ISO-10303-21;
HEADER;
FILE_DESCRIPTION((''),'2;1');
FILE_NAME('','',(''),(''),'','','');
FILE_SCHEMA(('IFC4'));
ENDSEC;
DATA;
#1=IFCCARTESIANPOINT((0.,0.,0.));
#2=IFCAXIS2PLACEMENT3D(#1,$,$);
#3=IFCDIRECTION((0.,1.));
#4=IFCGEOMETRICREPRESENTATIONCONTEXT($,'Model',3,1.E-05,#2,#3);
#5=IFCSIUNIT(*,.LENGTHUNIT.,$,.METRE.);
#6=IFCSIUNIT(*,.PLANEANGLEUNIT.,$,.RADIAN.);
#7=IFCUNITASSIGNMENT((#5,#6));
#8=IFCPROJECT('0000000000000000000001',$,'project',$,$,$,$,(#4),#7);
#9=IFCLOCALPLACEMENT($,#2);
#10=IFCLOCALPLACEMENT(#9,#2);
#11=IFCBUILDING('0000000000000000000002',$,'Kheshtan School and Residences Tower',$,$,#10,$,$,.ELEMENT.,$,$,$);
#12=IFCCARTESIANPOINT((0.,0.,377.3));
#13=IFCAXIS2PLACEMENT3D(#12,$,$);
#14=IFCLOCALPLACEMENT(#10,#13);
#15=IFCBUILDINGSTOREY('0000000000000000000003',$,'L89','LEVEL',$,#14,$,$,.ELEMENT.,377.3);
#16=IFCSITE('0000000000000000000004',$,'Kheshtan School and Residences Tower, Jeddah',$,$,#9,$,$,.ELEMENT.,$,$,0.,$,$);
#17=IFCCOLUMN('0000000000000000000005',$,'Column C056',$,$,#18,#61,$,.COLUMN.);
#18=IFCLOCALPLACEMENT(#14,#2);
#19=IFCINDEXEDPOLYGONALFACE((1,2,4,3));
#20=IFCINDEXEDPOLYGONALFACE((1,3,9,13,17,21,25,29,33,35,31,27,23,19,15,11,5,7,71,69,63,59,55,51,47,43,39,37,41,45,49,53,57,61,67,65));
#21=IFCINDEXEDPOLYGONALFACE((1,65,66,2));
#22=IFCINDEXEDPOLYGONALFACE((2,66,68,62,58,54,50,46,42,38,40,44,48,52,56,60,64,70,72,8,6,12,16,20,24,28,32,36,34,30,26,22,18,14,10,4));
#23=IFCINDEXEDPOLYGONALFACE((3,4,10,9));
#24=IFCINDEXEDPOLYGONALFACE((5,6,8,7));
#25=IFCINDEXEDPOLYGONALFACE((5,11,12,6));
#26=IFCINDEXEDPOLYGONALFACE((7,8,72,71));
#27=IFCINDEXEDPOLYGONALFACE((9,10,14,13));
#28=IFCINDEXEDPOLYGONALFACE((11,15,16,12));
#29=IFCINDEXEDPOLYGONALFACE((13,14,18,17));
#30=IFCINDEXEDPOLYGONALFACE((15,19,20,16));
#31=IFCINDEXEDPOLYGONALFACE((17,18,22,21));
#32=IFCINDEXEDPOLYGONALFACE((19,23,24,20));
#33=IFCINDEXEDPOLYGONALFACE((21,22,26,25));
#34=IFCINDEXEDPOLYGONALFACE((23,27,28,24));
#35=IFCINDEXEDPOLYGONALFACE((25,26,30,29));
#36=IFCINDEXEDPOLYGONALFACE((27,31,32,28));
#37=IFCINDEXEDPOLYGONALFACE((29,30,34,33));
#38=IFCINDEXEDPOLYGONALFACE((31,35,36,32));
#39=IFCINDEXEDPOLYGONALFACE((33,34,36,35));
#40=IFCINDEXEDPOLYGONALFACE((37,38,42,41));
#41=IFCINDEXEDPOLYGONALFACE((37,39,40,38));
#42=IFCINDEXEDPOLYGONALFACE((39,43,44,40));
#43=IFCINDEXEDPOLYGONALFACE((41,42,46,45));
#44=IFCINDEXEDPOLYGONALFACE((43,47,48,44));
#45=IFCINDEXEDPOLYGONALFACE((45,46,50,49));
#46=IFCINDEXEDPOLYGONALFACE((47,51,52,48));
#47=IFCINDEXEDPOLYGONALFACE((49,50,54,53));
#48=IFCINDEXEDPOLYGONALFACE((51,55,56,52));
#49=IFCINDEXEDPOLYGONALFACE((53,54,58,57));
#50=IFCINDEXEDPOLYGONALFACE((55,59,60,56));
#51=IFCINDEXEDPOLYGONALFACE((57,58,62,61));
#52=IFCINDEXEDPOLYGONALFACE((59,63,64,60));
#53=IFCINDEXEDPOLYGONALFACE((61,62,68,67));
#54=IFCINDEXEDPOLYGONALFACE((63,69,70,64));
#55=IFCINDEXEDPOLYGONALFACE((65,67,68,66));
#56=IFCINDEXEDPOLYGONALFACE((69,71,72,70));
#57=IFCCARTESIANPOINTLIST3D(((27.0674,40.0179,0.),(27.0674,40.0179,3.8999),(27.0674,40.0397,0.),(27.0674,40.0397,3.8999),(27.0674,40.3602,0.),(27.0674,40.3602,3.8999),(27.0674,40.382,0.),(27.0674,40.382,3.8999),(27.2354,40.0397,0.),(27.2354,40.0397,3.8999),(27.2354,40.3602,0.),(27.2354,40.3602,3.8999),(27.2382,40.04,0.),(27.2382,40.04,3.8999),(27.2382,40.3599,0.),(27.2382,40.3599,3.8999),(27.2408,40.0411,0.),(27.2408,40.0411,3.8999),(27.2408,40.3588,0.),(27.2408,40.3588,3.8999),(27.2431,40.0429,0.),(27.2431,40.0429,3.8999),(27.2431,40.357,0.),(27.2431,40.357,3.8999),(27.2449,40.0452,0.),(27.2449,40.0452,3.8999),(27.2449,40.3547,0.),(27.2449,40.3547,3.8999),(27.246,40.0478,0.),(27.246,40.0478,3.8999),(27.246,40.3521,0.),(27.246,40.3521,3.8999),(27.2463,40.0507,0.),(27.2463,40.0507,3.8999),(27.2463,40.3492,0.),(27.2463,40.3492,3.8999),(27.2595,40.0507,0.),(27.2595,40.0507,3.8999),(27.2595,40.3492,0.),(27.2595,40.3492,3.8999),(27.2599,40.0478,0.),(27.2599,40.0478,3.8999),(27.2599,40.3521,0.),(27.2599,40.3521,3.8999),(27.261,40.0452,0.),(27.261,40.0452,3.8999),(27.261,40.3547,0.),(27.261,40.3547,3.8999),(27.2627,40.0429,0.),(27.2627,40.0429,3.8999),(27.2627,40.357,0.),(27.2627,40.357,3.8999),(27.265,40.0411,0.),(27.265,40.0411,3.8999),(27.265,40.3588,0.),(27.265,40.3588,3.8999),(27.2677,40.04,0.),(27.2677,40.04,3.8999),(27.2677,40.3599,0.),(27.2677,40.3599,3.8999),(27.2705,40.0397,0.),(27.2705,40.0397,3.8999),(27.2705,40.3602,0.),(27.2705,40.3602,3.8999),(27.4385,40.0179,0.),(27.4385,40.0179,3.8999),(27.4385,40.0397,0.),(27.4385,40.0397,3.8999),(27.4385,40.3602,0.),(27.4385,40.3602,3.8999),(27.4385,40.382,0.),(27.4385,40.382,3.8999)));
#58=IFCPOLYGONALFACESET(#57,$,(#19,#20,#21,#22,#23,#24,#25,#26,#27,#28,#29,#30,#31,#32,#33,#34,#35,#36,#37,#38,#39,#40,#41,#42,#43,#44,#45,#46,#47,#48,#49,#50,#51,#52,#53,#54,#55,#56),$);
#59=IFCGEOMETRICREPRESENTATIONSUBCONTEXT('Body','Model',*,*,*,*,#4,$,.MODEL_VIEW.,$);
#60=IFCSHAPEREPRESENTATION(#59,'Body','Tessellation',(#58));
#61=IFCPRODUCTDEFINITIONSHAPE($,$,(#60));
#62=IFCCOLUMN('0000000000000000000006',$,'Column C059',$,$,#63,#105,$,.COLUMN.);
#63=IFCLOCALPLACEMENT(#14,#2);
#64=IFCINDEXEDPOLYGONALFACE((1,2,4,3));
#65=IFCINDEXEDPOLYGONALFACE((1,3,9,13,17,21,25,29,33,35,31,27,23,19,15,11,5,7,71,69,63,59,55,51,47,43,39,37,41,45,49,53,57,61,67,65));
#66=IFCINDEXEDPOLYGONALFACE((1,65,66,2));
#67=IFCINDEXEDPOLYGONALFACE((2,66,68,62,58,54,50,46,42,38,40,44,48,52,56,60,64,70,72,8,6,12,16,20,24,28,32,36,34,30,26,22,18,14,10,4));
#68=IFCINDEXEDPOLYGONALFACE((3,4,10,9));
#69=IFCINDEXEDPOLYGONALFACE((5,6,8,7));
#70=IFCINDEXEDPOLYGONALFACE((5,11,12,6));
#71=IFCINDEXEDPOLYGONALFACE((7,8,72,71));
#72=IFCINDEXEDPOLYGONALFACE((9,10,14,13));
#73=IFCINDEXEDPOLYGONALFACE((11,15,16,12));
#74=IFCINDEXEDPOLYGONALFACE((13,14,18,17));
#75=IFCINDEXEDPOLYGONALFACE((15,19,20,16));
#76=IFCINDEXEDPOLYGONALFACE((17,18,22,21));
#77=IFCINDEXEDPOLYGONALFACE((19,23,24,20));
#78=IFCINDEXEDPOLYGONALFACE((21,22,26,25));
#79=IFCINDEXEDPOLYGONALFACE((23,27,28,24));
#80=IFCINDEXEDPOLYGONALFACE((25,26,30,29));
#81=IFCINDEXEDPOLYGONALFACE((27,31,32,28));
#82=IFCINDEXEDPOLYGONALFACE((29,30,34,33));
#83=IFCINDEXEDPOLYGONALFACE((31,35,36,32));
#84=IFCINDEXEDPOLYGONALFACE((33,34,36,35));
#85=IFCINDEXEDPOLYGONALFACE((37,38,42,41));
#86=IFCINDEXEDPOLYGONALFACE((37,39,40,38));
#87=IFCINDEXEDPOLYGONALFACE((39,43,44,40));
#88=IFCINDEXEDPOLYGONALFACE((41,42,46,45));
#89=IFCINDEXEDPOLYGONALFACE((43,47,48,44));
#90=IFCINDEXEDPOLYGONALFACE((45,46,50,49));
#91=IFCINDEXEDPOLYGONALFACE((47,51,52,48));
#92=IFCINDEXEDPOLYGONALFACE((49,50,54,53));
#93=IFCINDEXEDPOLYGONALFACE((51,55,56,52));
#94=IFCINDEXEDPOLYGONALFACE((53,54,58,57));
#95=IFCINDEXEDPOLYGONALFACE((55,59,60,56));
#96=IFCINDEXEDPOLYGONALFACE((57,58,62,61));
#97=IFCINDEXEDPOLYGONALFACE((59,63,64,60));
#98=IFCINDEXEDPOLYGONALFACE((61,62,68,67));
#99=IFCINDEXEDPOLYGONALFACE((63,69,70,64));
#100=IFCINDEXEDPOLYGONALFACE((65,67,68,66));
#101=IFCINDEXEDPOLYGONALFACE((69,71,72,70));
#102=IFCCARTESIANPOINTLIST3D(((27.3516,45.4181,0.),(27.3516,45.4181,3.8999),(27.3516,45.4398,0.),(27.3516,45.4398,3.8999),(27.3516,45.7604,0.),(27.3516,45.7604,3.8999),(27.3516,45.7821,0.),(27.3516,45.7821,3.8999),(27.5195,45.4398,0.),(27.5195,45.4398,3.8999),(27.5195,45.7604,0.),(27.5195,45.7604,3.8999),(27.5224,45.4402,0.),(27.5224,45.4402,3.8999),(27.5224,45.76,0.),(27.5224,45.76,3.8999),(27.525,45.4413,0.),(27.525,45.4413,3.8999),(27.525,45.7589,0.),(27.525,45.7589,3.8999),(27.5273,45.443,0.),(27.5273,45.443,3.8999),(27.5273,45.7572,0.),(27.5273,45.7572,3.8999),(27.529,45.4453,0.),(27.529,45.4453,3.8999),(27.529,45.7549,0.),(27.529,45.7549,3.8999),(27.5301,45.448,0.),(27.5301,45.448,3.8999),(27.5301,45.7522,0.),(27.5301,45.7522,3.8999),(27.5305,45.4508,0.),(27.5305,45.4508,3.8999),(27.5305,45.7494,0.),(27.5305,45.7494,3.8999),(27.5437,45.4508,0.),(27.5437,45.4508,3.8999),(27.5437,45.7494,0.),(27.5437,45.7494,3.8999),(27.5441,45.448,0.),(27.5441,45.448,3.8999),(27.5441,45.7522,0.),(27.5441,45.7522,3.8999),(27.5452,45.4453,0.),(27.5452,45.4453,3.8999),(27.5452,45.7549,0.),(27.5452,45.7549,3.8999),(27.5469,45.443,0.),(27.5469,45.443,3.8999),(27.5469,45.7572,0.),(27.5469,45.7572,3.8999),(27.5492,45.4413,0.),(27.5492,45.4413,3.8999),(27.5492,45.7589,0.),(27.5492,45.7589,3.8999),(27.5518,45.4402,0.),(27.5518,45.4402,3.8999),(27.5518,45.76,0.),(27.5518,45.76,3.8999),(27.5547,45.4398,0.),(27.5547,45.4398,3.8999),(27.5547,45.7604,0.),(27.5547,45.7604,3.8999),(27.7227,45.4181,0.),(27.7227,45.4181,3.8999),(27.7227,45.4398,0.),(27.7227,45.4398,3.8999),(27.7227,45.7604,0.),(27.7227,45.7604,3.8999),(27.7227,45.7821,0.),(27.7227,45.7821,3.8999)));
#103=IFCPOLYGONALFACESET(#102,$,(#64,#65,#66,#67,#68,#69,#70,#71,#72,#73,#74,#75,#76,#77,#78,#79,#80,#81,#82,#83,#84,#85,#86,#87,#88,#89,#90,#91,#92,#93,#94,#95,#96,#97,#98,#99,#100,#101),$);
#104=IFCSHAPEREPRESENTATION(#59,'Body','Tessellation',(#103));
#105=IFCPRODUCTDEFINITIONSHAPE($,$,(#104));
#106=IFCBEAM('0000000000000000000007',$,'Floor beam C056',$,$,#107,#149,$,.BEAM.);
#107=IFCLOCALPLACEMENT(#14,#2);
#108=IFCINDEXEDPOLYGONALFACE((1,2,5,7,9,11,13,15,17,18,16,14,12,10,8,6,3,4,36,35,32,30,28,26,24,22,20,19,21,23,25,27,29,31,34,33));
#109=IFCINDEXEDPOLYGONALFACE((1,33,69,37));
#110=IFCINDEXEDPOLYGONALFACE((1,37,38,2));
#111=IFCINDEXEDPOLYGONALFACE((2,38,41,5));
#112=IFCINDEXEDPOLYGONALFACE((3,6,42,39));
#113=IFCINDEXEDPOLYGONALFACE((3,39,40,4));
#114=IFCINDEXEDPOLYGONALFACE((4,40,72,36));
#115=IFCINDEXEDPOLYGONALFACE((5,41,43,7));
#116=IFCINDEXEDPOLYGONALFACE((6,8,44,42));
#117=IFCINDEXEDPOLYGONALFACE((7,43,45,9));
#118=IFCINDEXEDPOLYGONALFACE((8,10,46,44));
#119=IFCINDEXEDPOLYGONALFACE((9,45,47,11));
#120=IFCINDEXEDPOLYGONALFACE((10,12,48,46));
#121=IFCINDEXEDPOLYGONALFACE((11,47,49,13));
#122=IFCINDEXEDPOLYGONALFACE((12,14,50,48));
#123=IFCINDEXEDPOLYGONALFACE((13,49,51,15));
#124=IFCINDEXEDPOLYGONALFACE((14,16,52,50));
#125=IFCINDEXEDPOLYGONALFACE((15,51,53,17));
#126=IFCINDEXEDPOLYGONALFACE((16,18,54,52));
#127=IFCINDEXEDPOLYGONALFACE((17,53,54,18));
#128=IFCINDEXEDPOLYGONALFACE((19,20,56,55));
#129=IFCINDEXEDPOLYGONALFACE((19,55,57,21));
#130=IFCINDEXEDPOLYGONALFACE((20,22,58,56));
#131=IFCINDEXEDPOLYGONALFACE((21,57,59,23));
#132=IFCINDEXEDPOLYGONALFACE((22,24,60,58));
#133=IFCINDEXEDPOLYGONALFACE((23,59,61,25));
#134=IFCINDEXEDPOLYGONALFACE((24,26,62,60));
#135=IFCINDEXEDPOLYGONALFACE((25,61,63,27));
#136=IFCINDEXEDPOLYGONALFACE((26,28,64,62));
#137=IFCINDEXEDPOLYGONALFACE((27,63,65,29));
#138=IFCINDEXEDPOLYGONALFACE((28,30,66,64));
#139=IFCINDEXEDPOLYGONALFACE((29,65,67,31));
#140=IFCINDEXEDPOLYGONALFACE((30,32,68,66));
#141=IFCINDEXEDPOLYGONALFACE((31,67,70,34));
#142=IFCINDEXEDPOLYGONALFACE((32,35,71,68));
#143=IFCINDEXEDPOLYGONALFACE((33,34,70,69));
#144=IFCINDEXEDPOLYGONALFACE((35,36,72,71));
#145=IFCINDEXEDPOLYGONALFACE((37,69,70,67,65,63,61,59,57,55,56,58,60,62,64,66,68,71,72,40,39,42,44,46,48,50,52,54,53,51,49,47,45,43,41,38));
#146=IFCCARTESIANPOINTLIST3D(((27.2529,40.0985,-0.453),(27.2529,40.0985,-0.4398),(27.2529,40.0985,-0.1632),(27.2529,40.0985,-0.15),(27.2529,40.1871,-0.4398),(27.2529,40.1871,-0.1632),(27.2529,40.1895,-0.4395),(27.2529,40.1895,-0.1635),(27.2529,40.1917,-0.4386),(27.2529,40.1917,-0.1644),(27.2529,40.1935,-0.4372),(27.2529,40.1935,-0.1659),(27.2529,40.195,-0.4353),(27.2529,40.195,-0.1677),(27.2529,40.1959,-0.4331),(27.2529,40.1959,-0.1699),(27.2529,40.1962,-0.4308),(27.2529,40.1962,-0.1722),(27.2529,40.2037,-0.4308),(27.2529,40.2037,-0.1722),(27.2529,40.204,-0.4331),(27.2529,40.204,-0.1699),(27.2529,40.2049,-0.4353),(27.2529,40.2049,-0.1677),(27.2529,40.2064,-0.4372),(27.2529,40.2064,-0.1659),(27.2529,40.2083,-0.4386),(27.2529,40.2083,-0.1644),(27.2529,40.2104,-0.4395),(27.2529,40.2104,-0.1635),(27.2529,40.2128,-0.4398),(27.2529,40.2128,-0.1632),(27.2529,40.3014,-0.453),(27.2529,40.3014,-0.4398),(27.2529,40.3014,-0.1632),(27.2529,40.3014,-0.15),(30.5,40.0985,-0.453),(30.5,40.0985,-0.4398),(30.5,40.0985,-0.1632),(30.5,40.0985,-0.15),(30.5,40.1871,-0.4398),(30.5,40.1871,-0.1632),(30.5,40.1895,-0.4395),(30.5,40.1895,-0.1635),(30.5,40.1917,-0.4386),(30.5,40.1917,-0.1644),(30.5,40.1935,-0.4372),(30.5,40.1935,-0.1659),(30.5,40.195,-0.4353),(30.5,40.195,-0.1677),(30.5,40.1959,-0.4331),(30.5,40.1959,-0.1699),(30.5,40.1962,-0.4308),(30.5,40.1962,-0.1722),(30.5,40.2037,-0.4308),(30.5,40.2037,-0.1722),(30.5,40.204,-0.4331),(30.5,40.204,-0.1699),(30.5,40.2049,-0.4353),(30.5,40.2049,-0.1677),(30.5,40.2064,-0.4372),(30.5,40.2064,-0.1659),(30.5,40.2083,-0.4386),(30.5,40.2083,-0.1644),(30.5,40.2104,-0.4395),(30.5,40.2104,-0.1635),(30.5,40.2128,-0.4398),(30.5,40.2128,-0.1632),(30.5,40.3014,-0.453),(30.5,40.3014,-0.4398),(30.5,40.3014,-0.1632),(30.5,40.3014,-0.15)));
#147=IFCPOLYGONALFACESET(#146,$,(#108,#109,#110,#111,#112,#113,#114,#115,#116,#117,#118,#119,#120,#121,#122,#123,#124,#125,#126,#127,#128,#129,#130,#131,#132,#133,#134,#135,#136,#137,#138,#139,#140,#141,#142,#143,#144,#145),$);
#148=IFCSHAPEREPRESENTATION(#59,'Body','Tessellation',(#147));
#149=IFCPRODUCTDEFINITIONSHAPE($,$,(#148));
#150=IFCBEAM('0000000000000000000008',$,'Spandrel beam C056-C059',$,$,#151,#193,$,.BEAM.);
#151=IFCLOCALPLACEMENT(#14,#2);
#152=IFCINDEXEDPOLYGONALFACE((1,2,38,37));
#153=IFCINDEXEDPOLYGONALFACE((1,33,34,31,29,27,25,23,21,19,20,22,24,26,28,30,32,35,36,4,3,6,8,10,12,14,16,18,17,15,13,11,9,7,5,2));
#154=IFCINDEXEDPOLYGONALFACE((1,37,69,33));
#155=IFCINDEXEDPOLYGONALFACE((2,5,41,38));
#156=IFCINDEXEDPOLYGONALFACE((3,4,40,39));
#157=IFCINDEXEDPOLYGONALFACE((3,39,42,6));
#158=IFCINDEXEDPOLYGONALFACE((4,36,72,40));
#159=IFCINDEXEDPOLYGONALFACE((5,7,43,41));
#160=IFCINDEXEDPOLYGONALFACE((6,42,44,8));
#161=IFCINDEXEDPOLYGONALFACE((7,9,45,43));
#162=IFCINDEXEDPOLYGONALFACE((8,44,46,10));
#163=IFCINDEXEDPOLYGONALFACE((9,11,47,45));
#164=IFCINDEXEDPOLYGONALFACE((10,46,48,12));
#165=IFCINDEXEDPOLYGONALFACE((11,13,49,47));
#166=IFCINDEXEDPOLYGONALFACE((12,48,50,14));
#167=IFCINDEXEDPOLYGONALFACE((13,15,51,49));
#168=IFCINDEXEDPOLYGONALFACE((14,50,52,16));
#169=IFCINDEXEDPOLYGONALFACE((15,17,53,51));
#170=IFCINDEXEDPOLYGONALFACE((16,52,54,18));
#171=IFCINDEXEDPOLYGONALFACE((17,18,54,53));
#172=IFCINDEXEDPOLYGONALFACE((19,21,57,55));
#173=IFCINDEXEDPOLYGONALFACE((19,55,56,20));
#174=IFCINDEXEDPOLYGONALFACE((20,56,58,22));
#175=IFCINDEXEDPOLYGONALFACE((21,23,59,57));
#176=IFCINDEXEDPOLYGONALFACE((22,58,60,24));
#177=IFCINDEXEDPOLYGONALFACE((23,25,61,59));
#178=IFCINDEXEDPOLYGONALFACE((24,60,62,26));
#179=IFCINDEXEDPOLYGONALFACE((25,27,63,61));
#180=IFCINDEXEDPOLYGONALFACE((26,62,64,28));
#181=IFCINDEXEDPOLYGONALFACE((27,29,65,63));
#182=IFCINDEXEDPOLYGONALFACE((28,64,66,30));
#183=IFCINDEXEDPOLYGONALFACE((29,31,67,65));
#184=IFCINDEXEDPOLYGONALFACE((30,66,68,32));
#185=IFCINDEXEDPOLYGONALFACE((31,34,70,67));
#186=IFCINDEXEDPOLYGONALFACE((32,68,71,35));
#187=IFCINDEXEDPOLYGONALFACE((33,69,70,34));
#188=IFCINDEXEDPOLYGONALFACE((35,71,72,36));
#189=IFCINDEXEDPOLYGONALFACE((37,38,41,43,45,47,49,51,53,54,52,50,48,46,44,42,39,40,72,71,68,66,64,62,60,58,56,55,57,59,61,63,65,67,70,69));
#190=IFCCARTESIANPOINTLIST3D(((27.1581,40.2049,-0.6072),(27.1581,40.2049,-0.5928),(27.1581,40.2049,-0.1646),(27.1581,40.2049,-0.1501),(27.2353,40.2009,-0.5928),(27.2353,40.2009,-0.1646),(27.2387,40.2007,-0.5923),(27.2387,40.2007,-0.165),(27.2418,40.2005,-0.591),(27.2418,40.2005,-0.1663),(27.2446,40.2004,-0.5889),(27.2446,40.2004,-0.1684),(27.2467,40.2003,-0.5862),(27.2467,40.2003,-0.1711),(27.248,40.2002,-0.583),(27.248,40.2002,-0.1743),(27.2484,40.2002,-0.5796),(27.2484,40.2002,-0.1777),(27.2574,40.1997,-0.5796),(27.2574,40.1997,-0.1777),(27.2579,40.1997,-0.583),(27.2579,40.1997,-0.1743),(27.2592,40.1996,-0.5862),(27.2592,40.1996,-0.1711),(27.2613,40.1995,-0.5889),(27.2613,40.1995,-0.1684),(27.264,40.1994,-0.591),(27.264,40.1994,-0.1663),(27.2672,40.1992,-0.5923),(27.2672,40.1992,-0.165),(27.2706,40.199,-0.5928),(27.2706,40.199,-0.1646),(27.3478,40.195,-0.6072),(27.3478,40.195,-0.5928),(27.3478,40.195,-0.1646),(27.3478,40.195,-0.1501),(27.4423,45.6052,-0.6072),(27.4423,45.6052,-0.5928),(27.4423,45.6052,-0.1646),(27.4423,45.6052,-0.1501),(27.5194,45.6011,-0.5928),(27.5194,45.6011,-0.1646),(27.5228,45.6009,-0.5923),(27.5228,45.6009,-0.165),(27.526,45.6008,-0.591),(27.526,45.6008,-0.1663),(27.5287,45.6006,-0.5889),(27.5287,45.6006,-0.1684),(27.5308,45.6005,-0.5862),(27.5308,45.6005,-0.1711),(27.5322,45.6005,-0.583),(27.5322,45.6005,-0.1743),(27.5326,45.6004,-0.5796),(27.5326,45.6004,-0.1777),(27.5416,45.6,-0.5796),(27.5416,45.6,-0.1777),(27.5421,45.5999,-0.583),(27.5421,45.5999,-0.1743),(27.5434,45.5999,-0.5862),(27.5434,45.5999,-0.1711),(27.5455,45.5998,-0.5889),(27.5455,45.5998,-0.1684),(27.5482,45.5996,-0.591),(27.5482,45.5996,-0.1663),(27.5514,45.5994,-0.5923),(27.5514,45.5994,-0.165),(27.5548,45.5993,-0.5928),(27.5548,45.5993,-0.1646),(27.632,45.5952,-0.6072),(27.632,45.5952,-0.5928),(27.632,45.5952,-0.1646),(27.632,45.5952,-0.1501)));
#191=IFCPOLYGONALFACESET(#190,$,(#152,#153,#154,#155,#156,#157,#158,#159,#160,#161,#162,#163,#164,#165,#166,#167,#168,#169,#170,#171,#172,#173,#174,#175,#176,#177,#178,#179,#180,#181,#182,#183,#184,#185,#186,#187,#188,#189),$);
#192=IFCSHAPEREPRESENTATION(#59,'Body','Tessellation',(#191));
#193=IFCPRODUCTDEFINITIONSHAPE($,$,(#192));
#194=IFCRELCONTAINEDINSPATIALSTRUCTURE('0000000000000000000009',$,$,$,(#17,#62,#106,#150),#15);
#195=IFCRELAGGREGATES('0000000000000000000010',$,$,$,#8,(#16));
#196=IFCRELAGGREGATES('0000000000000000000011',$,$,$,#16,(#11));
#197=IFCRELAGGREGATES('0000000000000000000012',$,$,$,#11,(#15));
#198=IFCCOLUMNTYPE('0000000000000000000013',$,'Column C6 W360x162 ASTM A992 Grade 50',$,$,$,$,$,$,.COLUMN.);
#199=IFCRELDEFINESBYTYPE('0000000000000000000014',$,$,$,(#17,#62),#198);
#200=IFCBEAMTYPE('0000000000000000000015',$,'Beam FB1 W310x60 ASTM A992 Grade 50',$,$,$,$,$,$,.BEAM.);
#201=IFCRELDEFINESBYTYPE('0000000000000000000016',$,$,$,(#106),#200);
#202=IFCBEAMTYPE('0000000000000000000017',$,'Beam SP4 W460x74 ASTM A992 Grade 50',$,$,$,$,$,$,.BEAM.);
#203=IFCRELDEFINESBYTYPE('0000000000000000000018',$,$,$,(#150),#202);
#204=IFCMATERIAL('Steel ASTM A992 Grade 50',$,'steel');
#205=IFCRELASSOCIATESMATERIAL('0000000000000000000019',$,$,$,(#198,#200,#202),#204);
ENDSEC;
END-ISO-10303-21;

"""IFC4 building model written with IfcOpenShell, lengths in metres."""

from ifc_helpers import new_model, si_unit, direction, frame, origin, origin_2d, place, context, subcontext, project, spatial, i_section, extrude, material, material_profile, profile_set, type_object, element, save


model = new_model("IFC4")

# Units and contexts
model_context = context("Model", 3, precision=1e-05, world=origin(), true_north=direction((0.0, 1.0)))
body_context = subcontext(model_context, "Body", "Model", "MODEL_VIEW")
ifc_project = project(units=[si_unit("LENGTHUNIT", "METRE"), si_unit("PLANEANGLEUNIT", "RADIAN")], contexts=[model_context])

# Site, building, storey
site_placement = place(None, origin())
site = spatial("IfcSite", under=ifc_project, at=site_placement, Name="Kheshtan School and Residences Tower, Jeddah", CompositionType="ELEMENT", RefElevation=0.0)
building_placement = place(site_placement, origin())
building = spatial("IfcBuilding", under=site, at=building_placement, Name="Kheshtan School and Residences Tower", CompositionType="ELEMENT")
storey_placement = place(building_placement, frame((0.0, 0.0, 377.3)))
storey = spatial("IfcBuildingStorey", under=building, at=storey_placement, Name="L89", Description="LEVEL", CompositionType="ELEMENT", Elevation=377.3)

# Columns
ifc_material_1 = material(Name="Steel ASTM A992 Grade 50", Category="steel")
ifc_material_profile_1 = material_profile(ifc_material_1, i_section(OverallWidth=0.3711, OverallDepth=0.364, WebThickness=0.0132, FlangeThickness=0.0217, FilletRadius=0.011, at=origin_2d()), Name="W360x162")
ifc_profile_set_1 = profile_set([ifc_material_profile_1], Name="Steel ASTM A992 Grade 50")
column_type = type_object("IfcColumnType", Name="Column C6 W360x162 ASTM A992 Grade 50", PredefinedType="COLUMN", material=ifc_profile_set_1)
for number, where, z_axis, x_axis, name in (
    (1, (27.2529, 40.2, 0.0), (0.0, 0.0, 1.0), (1.0, 0.0, 0.0), "Column C056"),
    (2, (27.5371, 45.6001, 0.0), (0.0, 0.0, 1.0), (1.0, 0.0, 0.0), "Column C059"),
):
    element("IfcColumn", number, at=place(storey_placement, frame(where, z_axis=z_axis, x_axis=x_axis)), inside=storey, type_object=column_type, Name=name, PredefinedType="COLUMN", context=body_context, shape_type="SweptSolid", body=[
        extrude(i_section(OverallWidth=0.3711, OverallDepth=0.364, WebThickness=0.0132, FlangeThickness=0.0217, FilletRadius=0.011, at=origin_2d()), origin(), (0.0, 0.0, 1.0), 3.8999),
    ])

# Beams
ifc_material_profile_2 = material_profile(ifc_material_1, i_section(OverallWidth=0.2029, OverallDepth=0.303, WebThickness=0.0076, FlangeThickness=0.0132, FilletRadius=0.009, at=origin_2d()), Name="W310x60")
ifc_profile_set_2 = profile_set([ifc_material_profile_2], Name="Steel ASTM A992 Grade 50")
beam_type_1 = type_object("IfcBeamType", Name="Beam FB1 W310x60 ASTM A992 Grade 50", PredefinedType="BEAM", material=ifc_profile_set_2)
beam_1_placement = place(storey_placement, frame((27.2529, 40.2, -0.3015), z_axis=(1.0, 0.0, 0.0), x_axis=(0.0, 1.0, 0.0)))
element("IfcBeam", 3, at=beam_1_placement, inside=storey, type_object=beam_type_1, Name="Floor beam C056", PredefinedType="BEAM", context=body_context, shape_type="SweptSolid", body=[
    extrude(i_section(OverallWidth=0.2029, OverallDepth=0.303, WebThickness=0.0076, FlangeThickness=0.0132, FilletRadius=0.009, at=origin_2d()), origin(), (0.0, 0.0, 1.0), 3.2471),
])
ifc_material_profile_3 = material_profile(ifc_material_1, i_section(OverallWidth=0.1899, OverallDepth=0.457, WebThickness=0.009, FlangeThickness=0.0144, FilletRadius=0.0132, at=origin_2d()), Name="W460x74")
ifc_profile_set_3 = profile_set([ifc_material_profile_3], Name="Steel ASTM A992 Grade 50")
beam_type_2 = type_object("IfcBeamType", Name="Beam SP4 W460x74 ASTM A992 Grade 50", PredefinedType="BEAM", material=ifc_profile_set_3)
beam_2_placement = place(storey_placement, frame((27.2529, 40.2, -0.3787), z_axis=(0.052552, 0.998618, 0.0), x_axis=(-0.998618, 0.052552, 0.0)))
element("IfcBeam", 4, at=beam_2_placement, inside=storey, type_object=beam_type_2, Name="Spandrel beam C056-C059", PredefinedType="BEAM", context=body_context, shape_type="SweptSolid", body=[
    extrude(i_section(OverallWidth=0.1899, OverallDepth=0.457, WebThickness=0.009, FlangeThickness=0.0144, FilletRadius=0.0132, at=origin_2d()), origin(), (0.0, 0.0, 1.0), 5.4077),
])

save(model, "model.ifc")
